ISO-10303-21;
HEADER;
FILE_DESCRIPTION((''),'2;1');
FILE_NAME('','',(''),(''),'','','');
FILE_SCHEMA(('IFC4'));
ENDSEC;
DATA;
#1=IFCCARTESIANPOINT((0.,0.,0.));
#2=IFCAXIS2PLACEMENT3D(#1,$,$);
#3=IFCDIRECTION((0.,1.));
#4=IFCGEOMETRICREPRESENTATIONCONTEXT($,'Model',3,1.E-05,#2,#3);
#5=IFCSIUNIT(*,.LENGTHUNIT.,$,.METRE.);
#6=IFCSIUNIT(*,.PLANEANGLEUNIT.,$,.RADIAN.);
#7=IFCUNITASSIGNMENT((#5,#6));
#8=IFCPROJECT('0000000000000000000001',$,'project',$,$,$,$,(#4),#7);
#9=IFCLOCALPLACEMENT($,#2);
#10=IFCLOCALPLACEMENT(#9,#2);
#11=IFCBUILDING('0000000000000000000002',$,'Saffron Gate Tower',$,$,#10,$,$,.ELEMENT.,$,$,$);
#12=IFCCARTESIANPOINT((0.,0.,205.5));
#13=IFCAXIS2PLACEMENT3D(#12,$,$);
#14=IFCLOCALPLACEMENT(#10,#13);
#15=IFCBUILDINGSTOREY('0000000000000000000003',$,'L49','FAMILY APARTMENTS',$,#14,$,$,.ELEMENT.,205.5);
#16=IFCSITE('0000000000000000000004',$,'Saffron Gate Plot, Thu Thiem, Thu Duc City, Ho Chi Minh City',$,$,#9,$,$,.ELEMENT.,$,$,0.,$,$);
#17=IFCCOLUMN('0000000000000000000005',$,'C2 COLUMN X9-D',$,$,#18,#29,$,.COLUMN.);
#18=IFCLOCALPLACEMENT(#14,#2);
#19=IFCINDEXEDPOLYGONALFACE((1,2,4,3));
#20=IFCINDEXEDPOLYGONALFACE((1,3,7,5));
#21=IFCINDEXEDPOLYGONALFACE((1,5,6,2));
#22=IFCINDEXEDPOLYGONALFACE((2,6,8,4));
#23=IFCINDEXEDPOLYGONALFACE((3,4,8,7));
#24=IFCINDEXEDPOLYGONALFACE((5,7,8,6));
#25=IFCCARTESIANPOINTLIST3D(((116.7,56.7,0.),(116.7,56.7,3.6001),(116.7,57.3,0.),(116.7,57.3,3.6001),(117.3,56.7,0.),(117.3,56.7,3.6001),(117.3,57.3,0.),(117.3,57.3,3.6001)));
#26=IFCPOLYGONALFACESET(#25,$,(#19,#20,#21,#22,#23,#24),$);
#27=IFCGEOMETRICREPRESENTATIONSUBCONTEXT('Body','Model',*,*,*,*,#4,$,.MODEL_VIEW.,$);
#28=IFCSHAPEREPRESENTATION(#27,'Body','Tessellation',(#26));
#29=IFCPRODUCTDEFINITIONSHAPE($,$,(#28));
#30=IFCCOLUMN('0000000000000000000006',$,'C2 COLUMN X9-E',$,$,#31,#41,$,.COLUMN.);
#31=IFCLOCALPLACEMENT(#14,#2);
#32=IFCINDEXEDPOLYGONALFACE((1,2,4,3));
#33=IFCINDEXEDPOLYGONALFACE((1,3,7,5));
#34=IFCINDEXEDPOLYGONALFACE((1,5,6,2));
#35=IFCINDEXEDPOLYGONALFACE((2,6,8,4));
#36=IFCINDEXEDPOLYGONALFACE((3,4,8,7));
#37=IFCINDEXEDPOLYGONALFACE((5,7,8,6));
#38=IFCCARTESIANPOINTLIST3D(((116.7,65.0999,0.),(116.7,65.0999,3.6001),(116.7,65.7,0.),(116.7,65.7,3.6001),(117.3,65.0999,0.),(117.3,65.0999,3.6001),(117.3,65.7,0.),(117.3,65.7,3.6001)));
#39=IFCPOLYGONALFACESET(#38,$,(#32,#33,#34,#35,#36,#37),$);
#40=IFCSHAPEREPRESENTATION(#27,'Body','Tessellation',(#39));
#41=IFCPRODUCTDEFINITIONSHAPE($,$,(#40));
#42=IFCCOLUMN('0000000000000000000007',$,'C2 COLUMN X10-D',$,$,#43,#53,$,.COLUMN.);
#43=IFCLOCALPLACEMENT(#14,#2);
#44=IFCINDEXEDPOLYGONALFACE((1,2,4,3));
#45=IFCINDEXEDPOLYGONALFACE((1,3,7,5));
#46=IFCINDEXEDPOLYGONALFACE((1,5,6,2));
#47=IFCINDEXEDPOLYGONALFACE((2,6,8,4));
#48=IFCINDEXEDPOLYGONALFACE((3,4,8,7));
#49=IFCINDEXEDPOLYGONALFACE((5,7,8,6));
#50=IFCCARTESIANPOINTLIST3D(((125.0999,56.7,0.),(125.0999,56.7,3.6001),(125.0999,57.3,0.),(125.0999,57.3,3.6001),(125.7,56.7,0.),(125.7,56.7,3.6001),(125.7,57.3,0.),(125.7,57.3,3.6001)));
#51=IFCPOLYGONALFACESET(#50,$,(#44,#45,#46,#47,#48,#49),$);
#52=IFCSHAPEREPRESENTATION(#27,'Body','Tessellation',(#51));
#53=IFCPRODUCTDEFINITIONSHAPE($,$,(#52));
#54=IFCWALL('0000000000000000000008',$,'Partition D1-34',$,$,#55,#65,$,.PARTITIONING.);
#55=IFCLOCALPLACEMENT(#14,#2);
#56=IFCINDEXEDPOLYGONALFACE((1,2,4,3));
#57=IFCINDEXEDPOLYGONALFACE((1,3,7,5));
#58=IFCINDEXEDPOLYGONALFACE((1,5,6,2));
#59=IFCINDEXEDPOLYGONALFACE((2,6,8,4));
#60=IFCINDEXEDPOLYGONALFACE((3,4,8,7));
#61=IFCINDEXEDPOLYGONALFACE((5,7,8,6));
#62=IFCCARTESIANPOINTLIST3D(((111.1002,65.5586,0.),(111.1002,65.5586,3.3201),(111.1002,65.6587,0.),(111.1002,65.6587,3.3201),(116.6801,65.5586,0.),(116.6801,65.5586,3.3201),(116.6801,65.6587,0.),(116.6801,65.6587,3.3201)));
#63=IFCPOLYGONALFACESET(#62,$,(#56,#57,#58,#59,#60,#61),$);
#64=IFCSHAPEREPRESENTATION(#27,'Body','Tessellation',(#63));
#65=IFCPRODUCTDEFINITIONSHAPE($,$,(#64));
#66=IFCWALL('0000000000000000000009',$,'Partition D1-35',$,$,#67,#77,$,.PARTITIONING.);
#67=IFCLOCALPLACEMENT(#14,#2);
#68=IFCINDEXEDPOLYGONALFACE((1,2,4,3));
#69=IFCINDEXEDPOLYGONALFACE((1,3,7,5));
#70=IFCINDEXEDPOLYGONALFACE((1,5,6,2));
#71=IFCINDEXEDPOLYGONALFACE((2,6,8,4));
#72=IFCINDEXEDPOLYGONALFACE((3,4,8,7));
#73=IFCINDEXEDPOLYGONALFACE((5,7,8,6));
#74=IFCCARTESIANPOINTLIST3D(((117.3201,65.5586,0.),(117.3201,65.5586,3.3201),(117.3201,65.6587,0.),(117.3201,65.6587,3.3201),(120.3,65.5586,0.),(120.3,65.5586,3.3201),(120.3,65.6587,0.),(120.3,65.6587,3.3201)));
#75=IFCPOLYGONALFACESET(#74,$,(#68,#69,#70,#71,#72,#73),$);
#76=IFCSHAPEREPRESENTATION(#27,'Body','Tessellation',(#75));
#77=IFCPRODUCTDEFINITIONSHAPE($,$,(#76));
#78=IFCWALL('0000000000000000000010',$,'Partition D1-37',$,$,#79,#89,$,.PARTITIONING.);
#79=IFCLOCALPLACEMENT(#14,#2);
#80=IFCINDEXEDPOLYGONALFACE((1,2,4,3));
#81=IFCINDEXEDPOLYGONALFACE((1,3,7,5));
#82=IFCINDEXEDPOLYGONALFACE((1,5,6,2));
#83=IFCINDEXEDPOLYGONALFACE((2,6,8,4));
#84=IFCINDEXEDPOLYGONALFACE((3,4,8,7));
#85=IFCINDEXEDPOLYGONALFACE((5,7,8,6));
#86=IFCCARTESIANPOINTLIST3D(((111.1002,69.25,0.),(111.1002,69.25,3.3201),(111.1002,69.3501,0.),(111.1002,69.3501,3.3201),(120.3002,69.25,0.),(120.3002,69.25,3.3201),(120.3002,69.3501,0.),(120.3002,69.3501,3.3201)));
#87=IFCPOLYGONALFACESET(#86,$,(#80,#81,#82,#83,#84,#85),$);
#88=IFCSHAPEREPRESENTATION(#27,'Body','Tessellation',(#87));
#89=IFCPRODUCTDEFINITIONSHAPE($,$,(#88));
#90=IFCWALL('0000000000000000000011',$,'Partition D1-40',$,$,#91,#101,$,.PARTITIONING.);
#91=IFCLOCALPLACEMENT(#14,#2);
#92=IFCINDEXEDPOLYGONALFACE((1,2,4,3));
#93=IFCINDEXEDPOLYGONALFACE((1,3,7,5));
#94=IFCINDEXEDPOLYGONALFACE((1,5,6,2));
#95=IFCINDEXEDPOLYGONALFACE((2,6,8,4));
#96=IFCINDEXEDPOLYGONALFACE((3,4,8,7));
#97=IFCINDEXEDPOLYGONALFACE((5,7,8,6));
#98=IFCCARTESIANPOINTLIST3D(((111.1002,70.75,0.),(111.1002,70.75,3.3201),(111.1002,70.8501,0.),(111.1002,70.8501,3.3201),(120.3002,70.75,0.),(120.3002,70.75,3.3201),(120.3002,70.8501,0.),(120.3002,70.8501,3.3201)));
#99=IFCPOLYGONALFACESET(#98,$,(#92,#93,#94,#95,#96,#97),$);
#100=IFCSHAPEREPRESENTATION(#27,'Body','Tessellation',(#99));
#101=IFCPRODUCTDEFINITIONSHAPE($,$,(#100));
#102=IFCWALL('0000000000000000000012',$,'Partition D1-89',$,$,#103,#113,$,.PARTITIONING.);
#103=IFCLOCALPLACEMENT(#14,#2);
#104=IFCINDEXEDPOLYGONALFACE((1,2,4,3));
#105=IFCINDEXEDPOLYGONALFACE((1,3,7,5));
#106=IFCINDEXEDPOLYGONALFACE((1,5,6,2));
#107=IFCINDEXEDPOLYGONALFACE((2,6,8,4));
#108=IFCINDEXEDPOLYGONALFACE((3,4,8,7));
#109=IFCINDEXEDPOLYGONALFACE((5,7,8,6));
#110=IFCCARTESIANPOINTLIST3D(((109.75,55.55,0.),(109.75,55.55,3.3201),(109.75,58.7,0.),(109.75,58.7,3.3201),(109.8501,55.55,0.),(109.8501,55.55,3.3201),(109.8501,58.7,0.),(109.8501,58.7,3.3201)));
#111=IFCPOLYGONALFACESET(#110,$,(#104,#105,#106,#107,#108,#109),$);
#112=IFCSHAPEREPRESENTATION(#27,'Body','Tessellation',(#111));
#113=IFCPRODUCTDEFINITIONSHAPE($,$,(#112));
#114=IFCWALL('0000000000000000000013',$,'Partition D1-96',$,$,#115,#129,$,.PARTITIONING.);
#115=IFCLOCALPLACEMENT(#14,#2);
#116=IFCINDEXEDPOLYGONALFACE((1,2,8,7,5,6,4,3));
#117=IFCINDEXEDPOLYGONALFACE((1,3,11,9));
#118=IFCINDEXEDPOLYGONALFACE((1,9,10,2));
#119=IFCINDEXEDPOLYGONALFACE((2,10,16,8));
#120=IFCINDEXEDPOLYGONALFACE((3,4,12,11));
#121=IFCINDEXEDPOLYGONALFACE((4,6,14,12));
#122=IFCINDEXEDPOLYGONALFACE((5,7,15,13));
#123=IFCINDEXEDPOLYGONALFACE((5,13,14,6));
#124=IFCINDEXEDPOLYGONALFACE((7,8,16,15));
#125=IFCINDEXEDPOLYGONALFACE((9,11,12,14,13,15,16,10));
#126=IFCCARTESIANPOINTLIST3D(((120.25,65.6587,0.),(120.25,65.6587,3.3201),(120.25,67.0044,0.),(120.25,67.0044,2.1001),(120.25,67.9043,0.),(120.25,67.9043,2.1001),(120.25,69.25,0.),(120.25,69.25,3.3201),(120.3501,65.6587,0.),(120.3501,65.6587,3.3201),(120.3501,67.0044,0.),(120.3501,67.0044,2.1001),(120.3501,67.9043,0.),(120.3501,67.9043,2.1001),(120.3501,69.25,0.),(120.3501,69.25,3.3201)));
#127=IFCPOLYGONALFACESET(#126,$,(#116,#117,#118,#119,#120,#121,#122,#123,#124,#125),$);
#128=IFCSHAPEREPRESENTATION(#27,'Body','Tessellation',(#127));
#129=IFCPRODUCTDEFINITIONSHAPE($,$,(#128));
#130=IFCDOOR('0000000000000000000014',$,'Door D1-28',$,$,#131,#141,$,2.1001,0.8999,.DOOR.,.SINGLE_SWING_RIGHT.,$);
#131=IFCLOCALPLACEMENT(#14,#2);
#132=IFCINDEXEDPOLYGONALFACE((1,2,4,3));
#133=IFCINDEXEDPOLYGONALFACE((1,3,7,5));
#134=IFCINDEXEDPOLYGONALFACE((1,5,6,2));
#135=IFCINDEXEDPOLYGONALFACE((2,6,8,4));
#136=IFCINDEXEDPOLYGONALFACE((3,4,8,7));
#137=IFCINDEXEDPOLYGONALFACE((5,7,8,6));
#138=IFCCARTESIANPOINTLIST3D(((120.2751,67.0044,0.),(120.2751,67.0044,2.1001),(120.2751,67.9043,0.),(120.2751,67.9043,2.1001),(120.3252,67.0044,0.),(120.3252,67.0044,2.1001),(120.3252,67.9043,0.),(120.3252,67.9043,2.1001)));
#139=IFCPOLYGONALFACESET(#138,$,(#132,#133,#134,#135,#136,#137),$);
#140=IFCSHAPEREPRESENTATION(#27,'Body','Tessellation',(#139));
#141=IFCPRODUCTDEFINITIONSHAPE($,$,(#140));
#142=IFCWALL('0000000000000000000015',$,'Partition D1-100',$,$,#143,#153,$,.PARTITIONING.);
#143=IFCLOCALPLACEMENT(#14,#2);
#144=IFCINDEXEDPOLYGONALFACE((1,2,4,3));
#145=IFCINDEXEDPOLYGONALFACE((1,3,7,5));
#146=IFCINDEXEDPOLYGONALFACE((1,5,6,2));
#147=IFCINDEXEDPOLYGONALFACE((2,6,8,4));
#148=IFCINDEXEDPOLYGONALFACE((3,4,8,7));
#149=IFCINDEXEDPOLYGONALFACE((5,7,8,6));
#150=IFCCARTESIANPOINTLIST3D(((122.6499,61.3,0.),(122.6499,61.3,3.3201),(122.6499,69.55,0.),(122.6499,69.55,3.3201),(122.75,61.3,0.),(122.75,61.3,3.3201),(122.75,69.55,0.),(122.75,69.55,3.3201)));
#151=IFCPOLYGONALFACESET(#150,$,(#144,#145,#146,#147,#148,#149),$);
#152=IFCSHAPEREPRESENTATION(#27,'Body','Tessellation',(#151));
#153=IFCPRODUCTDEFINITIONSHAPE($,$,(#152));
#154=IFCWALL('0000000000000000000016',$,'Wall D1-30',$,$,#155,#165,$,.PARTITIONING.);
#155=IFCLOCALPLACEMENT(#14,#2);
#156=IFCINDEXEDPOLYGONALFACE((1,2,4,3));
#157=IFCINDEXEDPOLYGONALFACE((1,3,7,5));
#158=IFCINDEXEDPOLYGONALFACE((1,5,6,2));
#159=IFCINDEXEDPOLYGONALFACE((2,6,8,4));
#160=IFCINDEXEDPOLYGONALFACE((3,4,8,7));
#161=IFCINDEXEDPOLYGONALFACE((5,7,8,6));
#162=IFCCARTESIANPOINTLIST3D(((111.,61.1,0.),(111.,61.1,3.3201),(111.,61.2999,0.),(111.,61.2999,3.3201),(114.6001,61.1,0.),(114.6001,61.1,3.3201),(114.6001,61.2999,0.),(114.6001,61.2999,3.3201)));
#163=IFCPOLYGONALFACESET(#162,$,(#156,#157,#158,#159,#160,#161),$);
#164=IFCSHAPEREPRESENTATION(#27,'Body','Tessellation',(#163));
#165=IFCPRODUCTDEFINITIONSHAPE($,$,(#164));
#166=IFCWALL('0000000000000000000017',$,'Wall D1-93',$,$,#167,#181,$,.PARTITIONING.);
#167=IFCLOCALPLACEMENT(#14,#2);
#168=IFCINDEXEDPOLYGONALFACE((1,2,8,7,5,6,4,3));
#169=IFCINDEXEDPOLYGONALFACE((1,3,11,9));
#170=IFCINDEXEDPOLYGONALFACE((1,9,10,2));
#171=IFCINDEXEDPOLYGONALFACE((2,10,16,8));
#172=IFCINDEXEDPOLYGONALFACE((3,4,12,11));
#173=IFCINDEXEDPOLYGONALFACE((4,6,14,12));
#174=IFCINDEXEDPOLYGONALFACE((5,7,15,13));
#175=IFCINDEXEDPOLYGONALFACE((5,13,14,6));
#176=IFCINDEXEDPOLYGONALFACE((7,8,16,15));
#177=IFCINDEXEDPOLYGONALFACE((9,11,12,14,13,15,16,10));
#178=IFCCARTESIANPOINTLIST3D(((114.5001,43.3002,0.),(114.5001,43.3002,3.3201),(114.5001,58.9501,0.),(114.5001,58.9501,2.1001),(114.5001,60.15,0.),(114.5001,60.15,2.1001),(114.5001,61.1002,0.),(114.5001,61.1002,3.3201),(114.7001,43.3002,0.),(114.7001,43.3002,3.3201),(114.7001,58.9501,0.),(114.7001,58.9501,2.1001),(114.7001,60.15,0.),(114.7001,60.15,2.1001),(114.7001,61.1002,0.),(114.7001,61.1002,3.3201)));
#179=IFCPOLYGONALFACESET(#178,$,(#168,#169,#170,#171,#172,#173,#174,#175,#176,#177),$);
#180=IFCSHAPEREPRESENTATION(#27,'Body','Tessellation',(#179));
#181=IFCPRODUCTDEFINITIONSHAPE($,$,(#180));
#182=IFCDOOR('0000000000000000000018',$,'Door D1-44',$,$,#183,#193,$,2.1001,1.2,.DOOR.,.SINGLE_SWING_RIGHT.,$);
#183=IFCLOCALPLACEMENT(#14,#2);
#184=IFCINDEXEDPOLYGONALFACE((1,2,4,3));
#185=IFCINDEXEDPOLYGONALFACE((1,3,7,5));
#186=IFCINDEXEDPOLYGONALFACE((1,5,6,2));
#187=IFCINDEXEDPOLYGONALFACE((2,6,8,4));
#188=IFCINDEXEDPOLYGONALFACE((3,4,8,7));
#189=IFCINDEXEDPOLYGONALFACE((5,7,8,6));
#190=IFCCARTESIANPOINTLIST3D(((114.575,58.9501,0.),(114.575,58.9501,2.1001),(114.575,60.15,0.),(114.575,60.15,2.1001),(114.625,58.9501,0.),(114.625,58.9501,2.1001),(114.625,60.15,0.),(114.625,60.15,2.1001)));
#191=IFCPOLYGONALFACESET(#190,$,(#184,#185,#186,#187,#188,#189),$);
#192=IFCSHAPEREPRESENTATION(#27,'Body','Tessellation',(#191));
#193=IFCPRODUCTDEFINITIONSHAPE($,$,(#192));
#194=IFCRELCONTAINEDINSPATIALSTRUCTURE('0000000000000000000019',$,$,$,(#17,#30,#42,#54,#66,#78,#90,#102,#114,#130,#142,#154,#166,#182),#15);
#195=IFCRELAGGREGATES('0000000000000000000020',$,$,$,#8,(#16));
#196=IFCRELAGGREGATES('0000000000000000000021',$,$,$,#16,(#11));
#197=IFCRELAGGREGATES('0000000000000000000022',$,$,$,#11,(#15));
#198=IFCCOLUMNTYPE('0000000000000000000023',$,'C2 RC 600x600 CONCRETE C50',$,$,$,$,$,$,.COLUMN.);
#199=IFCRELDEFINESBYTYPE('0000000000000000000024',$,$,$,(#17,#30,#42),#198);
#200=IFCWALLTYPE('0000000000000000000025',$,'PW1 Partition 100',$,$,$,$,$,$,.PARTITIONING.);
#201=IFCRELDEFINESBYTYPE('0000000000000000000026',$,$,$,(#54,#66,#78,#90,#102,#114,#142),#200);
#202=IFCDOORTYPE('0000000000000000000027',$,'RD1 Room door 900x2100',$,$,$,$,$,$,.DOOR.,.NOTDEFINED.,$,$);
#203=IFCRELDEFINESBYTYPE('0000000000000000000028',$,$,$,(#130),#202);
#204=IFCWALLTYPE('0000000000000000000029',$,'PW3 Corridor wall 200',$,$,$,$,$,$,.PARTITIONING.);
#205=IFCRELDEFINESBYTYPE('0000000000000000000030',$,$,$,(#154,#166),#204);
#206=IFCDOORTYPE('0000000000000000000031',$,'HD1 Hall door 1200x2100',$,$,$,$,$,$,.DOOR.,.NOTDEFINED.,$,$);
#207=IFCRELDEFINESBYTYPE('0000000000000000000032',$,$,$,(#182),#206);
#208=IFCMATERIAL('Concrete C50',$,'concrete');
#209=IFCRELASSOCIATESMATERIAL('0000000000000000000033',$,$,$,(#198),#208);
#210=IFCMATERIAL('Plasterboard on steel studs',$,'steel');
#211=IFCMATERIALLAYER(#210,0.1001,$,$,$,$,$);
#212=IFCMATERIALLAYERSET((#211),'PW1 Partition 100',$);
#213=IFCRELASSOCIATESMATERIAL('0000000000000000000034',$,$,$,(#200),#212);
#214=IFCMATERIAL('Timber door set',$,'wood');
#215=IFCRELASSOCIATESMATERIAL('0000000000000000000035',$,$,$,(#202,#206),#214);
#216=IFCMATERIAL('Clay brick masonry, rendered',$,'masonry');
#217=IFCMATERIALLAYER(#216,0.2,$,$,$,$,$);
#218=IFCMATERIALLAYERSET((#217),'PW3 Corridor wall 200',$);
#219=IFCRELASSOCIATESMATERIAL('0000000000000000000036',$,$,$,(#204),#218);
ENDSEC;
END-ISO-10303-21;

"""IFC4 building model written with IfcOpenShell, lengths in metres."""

from ifc_helpers import new_model, si_unit, direction, frame, frame_2d, origin, origin_2d, place, context, subcontext, project, spatial, rectangle, extrude, material, layer, layer_set, material_profile, profile_set, type_object, element, fill, save


model = new_model("IFC4")

# Units and contexts
model_context = context("Model", 3, precision=1e-05, world=origin(), true_north=direction((0.0, 1.0)))
body_context = subcontext(model_context, "Body", "Model", "MODEL_VIEW")
ifc_project = project(units=[si_unit("LENGTHUNIT", "METRE"), si_unit("PLANEANGLEUNIT", "RADIAN")], contexts=[model_context])

# Site, building, storey
site_placement = place(None, origin())
site = spatial("IfcSite", under=ifc_project, at=site_placement, Name="Saffron Gate Plot, Thu Thiem, Thu Duc City, Ho Chi Minh City", CompositionType="ELEMENT", RefElevation=0.0)
building_placement = place(site_placement, origin())
building = spatial("IfcBuilding", under=site, at=building_placement, Name="Saffron Gate Tower", CompositionType="ELEMENT")
storey_placement = place(building_placement, frame((0.0, 0.0, 205.5)))
storey = spatial("IfcBuildingStorey", under=building, at=storey_placement, Name="L49", Description="FAMILY APARTMENTS", CompositionType="ELEMENT", Elevation=205.5)

# Columns
ifc_material_1 = material(Name="Concrete C50", Category="concrete")
ifc_material_profile = material_profile(ifc_material_1, rectangle(XDim=0.6001, YDim=0.6001, at=origin_2d()))
ifc_profile_set = profile_set([ifc_material_profile], Name="Concrete C50")
column_type = type_object("IfcColumnType", Name="C2 RC 600x600 CONCRETE C50", PredefinedType="COLUMN", material=ifc_profile_set)
for number, where, z_axis, x_axis, name in (
    (1, (117.0, 57.0, 0.0), (0.0, 0.0, 1.0), (1.0, 0.0, 0.0), "C2 COLUMN X9-D"),
    (2, (117.0, 65.3999, 0.0), (0.0, 0.0, 1.0), (1.0, 0.0, 0.0), "C2 COLUMN X9-E"),
    (3, (125.3999, 57.0, 0.0), (0.0, 0.0, 1.0), (1.0, 0.0, 0.0), "C2 COLUMN X10-D"),
):
    element("IfcColumn", number, at=place(storey_placement, frame(where, z_axis=z_axis, x_axis=x_axis)), inside=storey, type_object=column_type, Name=name, PredefinedType="COLUMN", context=body_context, shape_type="SweptSolid", body=[
        extrude(rectangle(XDim=0.6001, YDim=0.6001, at=origin_2d()), origin(), (0.0, 0.0, 1.0), 3.6001),
    ])

# Walls
ifc_material_2 = material(Name="Plasterboard on steel studs", Category="steel")
ifc_layer_1 = layer(ifc_material_2, 0.1001)
ifc_layer_set_1 = layer_set([ifc_layer_1], Name="PW1 Partition 100")
wall_type_1 = type_object("IfcWallType", Name="PW1 Partition 100", PredefinedType="PARTITIONING", material=ifc_layer_set_1)
wall_1_placement = place(storey_placement, frame((111.1001, 65.6086, 0.0), z_axis=(0.0, 0.0, 1.0), x_axis=(1.0, 0.0, 0.0)))
element("IfcWall", 4, at=wall_1_placement, inside=storey, type_object=wall_type_1, Name="Partition D1-34", PredefinedType="PARTITIONING", context=body_context, shape_type="SweptSolid", body=[
    extrude(rectangle(XDim=5.5798, YDim=0.1001, at=frame_2d((2.79, 0.0))), origin(), (0.0, 0.0, 1.0), 3.3201),
])
wall_2_placement = place(storey_placement, frame((117.3201, 65.6086, 0.0), z_axis=(0.0, 0.0, 1.0), x_axis=(1.0, 0.0, 0.0)))
element("IfcWall", 5, at=wall_2_placement, inside=storey, type_object=wall_type_1, Name="Partition D1-35", PredefinedType="PARTITIONING", context=body_context, shape_type="SweptSolid", body=[
    extrude(rectangle(XDim=2.98, YDim=0.1001, at=frame_2d((1.49, 0.0))), origin(), (0.0, 0.0, 1.0), 3.3201),
])
for number, where, z_axis, x_axis, name in (
    (6, (111.1001, 69.3, 0.0), (0.0, 0.0, 1.0), (1.0, 0.0, 0.0), "Partition D1-37"),
    (7, (111.1001, 70.8, 0.0), (0.0, 0.0, 1.0), (1.0, 0.0, 0.0), "Partition D1-40"),
):
    element("IfcWall", number, at=place(storey_placement, frame(where, z_axis=z_axis, x_axis=x_axis)), inside=storey, type_object=wall_type_1, Name=name, PredefinedType="PARTITIONING", context=body_context, shape_type="SweptSolid", body=[
        extrude(rectangle(XDim=9.2, YDim=0.1001, at=frame_2d((4.6001, 0.0))), origin(), (0.0, 0.0, 1.0), 3.3201),
    ])
wall_3_placement = place(storey_placement, frame((109.8, 58.7, 0.0), z_axis=(0.0, 0.0, 1.0), x_axis=(0.0, -1.0, 0.0)))
element("IfcWall", 8, at=wall_3_placement, inside=storey, type_object=wall_type_1, Name="Partition D1-89", PredefinedType="PARTITIONING", context=body_context, shape_type="SweptSolid", body=[
    extrude(rectangle(XDim=3.1499, YDim=0.1001, at=frame_2d((1.575, 0.0))), origin(), (0.0, 0.0, 1.0), 3.3201),
])

# Wall, opening, door
wall_4_placement = place(storey_placement, frame((120.3, 65.6587, 0.0), z_axis=(0.0, 0.0, 1.0), x_axis=(0.0, 1.0, 0.0)))
wall_4 = element("IfcWall", 9, at=wall_4_placement, inside=storey, type_object=wall_type_1, Name="Partition D1-96", PredefinedType="PARTITIONING", context=body_context, shape_type="SweptSolid", body=[
    extrude(rectangle(XDim=3.5913, YDim=0.1001, at=frame_2d((1.7957, 0.0))), origin(), (0.0, 0.0, 1.0), 3.3201),
])
opening_1_placement = place(wall_4_placement, frame((1.3457, 0.0, 0.0)))
opening_1 = element("IfcOpeningElement", 10, at=opening_1_placement, cuts=wall_4, PredefinedType="OPENING", context=body_context, shape_type="SweptSolid", body=[
    extrude(rectangle(XDim=0.8999, YDim=2.1001, at=frame_2d((0.45, 1.05))), frame((0.0, 0.0601, 0.0), z_axis=(0.0, -1.0, 0.0), x_axis=(1.0, 0.0, 0.0)), (0.0, 0.0, 1.0), 0.1201),
])
ifc_material_3 = material(Name="Timber door set", Category="wood")
door_type_1 = type_object("IfcDoorType", Name="RD1 Room door 900x2100", OperationType="NOTDEFINED", PredefinedType="DOOR", material=ifc_material_3)
door_1_placement = place(opening_1_placement, origin())
door_1 = element("IfcDoor", 11, at=door_1_placement, inside=storey, type_object=door_type_1, Name="Door D1-28", OperationType="SINGLE_SWING_RIGHT", OverallHeight=2.1001, OverallWidth=0.8999, PredefinedType="DOOR", context=body_context, shape_type="SweptSolid", body=[
    extrude(rectangle(XDim=0.8999, YDim=2.1001, at=frame_2d((0.45, 1.05))), frame((0.0, 0.0249, 0.0), z_axis=(0.0, -1.0, 0.0), x_axis=(1.0, 0.0, 0.0)), (0.0, 0.0, 1.0), 0.05),
])
fill(opening_1, door_1)

# Walls
wall_5_placement = place(storey_placement, frame((122.7, 69.55, 0.0), z_axis=(0.0, 0.0, 1.0), x_axis=(0.0, -1.0, 0.0)))
element("IfcWall", 12, at=wall_5_placement, inside=storey, type_object=wall_type_1, Name="Partition D1-100", PredefinedType="PARTITIONING", context=body_context, shape_type="SweptSolid", body=[
    extrude(rectangle(XDim=8.25, YDim=0.1001, at=frame_2d((4.125, 0.0))), origin(), (0.0, 0.0, 1.0), 3.3201),
])
ifc_material_4 = material(Name="Clay brick masonry, rendered", Category="masonry")
ifc_layer_2 = layer(ifc_material_4, 0.2)
ifc_layer_set_2 = layer_set([ifc_layer_2], Name="PW3 Corridor wall 200")
wall_type_2 = type_object("IfcWallType", Name="PW3 Corridor wall 200", PredefinedType="PARTITIONING", material=ifc_layer_set_2)
wall_6_placement = place(storey_placement, frame((111.0, 61.2, 0.0), z_axis=(0.0, 0.0, 1.0), x_axis=(1.0, 0.0, 0.0)))
element("IfcWall", 13, at=wall_6_placement, inside=storey, type_object=wall_type_2, Name="Wall D1-30", PredefinedType="PARTITIONING", context=body_context, shape_type="SweptSolid", body=[
    extrude(rectangle(XDim=3.6001, YDim=0.2, at=frame_2d((1.8, 0.0))), origin(), (0.0, 0.0, 1.0), 3.3201),
])

# Wall, opening, door
wall_7_placement = place(storey_placement, frame((114.6001, 61.1001, 0.0), z_axis=(0.0, 0.0, 1.0), x_axis=(0.0, -1.0, 0.0)))
wall_7 = element("IfcWall", 14, at=wall_7_placement, inside=storey, type_object=wall_type_2, Name="Wall D1-93", PredefinedType="PARTITIONING", context=body_context, shape_type="SweptSolid", body=[
    extrude(rectangle(XDim=17.8, YDim=0.2, at=frame_2d((8.8999, 0.0))), origin(), (0.0, 0.0, 1.0), 3.3201),
])
opening_2_placement = place(wall_7_placement, frame((0.95, 0.0, 0.0)))
opening_2 = element("IfcOpeningElement", 15, at=opening_2_placement, cuts=wall_7, PredefinedType="OPENING", context=body_context, shape_type="SweptSolid", body=[
    extrude(rectangle(XDim=1.2, YDim=2.1001, at=frame_2d((0.6001, 1.05))), frame((0.0, 0.1099, 0.0), z_axis=(0.0, -1.0, 0.0), x_axis=(1.0, 0.0, 0.0)), (0.0, 0.0, 1.0), 0.22),
])
door_type_2 = type_object("IfcDoorType", Name="HD1 Hall door 1200x2100", OperationType="NOTDEFINED", PredefinedType="DOOR", material=ifc_material_3)
door_2_placement = place(opening_2_placement, origin())
door_2 = element("IfcDoor", 16, at=door_2_placement, inside=storey, type_object=door_type_2, Name="Door D1-44", OperationType="SINGLE_SWING_RIGHT", OverallHeight=2.1001, OverallWidth=1.2, PredefinedType="DOOR", context=body_context, shape_type="SweptSolid", body=[
    extrude(rectangle(XDim=1.2, YDim=2.1001, at=frame_2d((0.6001, 1.05))), frame((0.0, 0.0249, 0.0), z_axis=(0.0, -1.0, 0.0), x_axis=(1.0, 0.0, 0.0)), (0.0, 0.0, 1.0), 0.05),
])
fill(opening_2, door_2)

save(model, "model.ifc")
